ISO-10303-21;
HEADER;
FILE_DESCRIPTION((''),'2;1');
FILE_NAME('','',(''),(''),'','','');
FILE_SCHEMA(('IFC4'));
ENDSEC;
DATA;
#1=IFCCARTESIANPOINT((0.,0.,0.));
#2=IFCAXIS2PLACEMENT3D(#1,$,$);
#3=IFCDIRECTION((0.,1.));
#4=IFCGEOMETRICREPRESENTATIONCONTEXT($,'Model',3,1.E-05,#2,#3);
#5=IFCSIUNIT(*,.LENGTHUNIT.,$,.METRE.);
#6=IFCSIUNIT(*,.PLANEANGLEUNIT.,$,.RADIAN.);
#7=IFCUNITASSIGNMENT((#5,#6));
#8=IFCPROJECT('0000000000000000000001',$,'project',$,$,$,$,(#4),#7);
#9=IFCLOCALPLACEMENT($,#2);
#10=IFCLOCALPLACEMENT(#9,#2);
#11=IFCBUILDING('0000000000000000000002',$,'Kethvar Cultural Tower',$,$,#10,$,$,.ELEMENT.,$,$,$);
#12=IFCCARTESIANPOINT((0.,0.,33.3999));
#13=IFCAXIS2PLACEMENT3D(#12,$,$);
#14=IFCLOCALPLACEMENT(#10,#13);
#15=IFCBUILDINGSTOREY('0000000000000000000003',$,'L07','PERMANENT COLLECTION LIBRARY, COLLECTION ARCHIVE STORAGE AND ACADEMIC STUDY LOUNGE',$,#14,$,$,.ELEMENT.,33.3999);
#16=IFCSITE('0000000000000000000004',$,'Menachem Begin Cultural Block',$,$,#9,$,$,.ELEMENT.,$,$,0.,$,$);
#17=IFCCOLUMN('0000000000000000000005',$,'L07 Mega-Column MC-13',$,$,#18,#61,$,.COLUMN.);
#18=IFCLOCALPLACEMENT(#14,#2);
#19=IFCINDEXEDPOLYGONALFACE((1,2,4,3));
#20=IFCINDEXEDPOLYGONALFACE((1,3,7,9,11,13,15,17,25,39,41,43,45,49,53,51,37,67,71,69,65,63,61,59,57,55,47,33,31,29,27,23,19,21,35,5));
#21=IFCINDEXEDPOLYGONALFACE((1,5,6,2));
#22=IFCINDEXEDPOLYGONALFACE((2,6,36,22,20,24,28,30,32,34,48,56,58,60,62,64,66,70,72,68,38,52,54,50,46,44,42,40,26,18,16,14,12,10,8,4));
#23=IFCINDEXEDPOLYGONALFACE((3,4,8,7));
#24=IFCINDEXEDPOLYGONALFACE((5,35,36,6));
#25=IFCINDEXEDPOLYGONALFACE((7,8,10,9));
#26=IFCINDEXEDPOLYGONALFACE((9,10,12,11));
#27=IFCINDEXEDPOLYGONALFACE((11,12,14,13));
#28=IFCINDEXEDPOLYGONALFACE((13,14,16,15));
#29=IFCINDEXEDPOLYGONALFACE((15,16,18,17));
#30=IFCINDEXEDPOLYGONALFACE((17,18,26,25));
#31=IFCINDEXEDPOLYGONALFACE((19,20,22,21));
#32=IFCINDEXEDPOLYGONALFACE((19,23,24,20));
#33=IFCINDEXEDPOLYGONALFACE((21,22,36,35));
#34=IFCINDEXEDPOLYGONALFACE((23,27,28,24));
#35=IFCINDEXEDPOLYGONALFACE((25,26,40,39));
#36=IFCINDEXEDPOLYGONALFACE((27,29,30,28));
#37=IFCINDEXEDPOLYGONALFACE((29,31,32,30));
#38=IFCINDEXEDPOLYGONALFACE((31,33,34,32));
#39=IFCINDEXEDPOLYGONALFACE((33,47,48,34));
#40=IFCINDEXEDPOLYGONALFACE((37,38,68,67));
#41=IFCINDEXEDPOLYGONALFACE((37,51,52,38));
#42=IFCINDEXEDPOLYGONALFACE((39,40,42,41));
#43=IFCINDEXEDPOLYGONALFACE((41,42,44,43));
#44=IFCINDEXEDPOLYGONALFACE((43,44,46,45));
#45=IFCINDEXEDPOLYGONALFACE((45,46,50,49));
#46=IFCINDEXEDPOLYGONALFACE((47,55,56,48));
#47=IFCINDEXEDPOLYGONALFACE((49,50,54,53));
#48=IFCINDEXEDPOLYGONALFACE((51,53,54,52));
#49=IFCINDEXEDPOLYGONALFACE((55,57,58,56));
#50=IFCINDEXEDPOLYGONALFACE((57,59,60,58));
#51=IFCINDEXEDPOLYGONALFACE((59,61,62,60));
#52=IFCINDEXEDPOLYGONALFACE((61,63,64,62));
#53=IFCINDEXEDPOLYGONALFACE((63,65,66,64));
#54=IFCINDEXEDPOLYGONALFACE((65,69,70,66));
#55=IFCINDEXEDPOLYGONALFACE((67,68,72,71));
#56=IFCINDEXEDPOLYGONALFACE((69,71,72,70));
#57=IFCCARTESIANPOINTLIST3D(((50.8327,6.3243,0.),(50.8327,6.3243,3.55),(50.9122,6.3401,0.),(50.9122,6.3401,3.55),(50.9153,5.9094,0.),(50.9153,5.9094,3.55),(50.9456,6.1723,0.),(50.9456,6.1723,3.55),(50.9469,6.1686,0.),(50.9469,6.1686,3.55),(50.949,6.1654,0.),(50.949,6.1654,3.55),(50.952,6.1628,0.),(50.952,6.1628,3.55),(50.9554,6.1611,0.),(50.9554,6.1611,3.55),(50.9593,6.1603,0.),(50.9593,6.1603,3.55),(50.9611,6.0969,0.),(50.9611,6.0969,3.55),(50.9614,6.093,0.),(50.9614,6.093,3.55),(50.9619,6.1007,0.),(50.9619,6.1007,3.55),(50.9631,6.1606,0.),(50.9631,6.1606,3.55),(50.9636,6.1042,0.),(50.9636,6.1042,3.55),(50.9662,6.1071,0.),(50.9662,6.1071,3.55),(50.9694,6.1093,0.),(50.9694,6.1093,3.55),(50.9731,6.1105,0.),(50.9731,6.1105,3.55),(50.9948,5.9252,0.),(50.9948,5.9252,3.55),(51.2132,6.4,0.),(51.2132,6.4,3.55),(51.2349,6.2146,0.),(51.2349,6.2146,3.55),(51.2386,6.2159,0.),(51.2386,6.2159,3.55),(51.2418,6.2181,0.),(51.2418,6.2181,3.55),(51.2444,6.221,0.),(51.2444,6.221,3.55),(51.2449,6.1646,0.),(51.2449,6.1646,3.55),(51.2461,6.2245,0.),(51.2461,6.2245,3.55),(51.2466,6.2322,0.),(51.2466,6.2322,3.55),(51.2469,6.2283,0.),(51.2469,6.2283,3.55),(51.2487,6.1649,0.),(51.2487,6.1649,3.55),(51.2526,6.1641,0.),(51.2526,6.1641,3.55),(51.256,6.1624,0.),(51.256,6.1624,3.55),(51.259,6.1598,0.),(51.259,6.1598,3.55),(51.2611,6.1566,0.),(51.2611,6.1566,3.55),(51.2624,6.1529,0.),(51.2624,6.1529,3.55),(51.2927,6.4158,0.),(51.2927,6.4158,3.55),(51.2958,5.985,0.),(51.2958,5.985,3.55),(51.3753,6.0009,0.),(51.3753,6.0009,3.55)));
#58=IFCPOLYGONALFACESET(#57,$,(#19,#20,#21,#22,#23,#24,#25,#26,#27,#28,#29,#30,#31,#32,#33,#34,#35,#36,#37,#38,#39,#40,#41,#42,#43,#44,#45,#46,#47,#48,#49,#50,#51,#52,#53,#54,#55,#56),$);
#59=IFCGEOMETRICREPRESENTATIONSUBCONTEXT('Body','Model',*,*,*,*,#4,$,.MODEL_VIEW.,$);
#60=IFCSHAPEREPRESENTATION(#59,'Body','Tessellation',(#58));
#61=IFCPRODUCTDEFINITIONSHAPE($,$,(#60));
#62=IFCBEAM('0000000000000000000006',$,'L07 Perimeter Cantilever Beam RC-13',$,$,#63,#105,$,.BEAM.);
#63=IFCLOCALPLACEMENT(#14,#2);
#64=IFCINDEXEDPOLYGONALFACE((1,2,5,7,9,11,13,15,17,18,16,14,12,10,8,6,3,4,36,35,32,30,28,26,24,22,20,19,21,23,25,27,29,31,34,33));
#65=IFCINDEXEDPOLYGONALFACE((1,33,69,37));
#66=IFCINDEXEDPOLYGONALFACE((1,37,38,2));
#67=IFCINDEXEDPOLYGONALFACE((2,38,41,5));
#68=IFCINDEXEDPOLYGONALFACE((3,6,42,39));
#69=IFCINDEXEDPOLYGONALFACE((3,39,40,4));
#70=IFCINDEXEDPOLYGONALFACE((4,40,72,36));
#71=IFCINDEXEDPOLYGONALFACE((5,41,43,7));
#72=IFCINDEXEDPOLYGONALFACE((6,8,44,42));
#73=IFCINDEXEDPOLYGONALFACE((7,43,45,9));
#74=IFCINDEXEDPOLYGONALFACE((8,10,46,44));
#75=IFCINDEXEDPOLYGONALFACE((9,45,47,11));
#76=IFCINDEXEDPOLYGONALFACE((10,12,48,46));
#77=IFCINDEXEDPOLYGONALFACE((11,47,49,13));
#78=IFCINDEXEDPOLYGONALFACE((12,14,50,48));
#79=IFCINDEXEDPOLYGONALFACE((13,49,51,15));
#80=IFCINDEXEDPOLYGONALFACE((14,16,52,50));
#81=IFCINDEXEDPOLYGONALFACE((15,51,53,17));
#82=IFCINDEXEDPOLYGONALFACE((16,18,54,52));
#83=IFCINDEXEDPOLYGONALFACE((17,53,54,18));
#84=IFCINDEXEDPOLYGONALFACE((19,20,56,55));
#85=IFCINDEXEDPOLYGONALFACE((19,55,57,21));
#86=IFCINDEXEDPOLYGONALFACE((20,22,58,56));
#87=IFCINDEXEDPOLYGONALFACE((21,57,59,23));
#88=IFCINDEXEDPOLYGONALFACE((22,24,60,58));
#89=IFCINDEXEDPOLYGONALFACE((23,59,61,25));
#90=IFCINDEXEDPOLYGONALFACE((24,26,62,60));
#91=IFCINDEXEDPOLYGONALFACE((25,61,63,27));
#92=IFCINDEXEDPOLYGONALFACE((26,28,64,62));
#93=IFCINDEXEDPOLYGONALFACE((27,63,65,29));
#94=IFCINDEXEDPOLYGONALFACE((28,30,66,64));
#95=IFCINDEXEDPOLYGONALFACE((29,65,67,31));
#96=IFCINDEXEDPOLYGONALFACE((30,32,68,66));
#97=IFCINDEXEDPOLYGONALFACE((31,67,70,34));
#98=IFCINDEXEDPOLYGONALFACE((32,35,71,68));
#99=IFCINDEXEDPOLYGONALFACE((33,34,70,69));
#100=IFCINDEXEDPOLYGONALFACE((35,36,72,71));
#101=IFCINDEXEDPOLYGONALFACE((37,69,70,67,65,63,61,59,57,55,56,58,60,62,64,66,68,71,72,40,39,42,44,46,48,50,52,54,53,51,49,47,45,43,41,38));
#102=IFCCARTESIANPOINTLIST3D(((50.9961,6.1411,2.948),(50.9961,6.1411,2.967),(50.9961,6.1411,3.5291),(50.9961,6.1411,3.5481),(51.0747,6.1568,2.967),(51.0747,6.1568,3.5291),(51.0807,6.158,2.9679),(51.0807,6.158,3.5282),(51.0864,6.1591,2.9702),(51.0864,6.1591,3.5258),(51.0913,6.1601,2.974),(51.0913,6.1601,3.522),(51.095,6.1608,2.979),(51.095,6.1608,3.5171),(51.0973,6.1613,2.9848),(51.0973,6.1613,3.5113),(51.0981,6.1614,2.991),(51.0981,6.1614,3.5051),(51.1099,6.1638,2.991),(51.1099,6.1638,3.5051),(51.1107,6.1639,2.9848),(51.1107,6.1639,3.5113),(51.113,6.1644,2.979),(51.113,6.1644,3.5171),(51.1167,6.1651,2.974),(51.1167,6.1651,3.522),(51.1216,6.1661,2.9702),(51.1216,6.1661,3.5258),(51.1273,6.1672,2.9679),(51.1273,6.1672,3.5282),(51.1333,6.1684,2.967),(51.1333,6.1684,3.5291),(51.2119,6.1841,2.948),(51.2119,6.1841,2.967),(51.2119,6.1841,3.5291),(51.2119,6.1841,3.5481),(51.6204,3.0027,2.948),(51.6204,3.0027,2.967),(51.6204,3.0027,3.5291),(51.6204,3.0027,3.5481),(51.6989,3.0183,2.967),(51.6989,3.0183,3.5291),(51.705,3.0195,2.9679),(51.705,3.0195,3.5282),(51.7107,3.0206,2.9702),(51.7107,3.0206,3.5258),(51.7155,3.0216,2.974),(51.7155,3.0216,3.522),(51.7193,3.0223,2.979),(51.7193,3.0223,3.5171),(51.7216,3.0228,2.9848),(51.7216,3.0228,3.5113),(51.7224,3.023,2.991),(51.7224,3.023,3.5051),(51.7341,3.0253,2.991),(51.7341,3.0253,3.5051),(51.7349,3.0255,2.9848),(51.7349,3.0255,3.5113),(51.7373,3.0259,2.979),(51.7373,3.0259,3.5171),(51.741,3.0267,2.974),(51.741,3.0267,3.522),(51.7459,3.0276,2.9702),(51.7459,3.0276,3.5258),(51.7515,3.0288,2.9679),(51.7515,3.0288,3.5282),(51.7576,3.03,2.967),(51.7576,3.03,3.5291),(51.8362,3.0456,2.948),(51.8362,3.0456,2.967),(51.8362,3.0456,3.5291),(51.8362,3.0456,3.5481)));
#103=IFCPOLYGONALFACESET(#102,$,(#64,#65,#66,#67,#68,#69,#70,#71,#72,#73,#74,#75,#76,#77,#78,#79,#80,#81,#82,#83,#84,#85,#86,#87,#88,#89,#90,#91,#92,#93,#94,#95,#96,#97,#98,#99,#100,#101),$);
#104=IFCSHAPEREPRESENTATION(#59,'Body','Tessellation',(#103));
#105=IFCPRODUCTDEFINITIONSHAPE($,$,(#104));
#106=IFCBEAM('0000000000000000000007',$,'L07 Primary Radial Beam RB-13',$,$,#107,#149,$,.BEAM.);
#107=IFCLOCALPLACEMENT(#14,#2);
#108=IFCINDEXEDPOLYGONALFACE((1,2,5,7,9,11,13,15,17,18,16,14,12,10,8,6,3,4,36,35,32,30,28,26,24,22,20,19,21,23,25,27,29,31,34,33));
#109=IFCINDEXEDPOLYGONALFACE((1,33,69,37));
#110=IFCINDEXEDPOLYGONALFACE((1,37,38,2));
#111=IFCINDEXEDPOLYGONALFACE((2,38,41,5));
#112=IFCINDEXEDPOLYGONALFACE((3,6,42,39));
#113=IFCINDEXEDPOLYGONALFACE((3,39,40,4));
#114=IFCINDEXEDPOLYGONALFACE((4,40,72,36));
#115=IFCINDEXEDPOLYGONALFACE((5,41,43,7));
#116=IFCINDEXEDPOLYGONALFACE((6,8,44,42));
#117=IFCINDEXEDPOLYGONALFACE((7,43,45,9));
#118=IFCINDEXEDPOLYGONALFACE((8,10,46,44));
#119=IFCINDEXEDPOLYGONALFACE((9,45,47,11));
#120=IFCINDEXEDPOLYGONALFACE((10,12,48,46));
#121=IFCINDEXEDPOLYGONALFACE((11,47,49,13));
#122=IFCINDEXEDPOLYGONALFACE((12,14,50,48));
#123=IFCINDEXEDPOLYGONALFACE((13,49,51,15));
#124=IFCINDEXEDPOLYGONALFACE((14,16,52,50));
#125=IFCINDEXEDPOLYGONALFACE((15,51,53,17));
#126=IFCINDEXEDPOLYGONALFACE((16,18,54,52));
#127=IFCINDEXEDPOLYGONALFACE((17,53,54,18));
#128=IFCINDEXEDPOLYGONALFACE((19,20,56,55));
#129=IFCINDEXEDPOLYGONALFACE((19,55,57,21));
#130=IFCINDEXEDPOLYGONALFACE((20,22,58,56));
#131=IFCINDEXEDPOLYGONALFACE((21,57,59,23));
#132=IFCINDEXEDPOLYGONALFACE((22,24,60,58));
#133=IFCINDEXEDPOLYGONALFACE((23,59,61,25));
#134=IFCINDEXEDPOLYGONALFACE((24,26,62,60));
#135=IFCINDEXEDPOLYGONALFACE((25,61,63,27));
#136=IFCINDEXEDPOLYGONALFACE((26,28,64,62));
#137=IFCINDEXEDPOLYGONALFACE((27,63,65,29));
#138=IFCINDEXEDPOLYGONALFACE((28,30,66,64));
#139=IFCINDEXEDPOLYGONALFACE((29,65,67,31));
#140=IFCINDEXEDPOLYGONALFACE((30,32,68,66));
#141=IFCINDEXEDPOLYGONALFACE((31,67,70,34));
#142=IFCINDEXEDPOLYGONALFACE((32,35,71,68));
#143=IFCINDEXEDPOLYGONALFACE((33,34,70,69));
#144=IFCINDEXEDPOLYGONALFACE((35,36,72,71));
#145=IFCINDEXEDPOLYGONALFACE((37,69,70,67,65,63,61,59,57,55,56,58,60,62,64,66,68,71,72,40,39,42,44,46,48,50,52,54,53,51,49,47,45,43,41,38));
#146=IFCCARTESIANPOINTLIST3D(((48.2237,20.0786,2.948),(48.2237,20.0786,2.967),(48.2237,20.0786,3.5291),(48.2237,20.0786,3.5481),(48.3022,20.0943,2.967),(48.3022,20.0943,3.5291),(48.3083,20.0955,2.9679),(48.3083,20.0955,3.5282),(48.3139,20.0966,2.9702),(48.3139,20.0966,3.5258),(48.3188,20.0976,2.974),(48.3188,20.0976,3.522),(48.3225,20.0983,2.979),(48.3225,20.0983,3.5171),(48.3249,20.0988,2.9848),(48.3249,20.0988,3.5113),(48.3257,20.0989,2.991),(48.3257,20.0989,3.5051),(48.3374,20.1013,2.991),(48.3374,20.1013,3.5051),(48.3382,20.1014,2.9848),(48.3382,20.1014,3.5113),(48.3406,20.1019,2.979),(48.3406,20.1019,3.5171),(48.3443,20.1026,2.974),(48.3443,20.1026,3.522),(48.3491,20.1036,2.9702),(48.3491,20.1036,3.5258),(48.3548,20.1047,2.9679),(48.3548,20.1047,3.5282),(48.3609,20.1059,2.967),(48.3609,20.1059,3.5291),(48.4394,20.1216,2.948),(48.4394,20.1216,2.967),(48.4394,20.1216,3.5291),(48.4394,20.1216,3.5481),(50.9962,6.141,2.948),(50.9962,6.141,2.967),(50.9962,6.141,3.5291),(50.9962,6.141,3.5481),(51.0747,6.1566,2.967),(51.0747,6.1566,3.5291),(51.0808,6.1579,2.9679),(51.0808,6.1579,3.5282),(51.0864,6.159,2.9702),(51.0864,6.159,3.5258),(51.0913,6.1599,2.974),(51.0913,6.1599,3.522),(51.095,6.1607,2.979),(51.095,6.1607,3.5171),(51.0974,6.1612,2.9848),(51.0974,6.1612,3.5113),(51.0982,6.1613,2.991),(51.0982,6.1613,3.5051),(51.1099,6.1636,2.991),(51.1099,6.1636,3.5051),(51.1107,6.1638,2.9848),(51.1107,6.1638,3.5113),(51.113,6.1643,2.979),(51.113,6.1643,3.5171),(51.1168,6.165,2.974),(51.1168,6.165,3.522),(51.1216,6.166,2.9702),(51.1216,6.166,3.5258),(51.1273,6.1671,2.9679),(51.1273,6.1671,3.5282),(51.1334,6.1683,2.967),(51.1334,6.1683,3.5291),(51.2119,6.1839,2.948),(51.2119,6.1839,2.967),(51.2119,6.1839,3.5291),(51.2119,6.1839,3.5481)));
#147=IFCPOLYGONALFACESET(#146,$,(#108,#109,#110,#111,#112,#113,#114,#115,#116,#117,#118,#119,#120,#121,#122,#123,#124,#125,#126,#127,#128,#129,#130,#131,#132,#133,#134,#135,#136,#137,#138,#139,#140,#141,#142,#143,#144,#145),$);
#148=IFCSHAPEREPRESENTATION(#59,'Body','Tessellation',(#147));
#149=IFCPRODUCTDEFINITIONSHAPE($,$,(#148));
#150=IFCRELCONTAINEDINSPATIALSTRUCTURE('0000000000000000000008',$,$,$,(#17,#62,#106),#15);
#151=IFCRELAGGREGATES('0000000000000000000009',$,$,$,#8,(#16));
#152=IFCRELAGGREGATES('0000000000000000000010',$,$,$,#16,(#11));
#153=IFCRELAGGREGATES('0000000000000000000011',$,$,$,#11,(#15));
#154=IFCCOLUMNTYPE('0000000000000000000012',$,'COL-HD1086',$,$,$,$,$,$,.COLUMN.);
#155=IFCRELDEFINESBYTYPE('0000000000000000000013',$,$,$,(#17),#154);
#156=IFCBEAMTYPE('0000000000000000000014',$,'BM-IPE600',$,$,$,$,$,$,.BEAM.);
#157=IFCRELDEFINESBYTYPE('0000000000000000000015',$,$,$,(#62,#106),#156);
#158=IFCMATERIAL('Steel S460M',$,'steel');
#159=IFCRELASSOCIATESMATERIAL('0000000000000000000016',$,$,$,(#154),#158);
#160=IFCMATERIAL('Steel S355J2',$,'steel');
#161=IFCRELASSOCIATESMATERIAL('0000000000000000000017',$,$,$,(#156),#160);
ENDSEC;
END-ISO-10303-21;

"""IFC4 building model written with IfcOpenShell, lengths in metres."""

from ifc_helpers import new_model, si_unit, direction, frame, origin, origin_2d, place, context, subcontext, project, spatial, i_section, extrude, source, transform, mapped, material, material_profile, profile_set, type_object, element, save


model = new_model("IFC4")

# Units and contexts
model_context = context("Model", 3, precision=1e-05, world=origin(), true_north=direction((0.0, 1.0)))
body_context = subcontext(model_context, "Body", "Model", "MODEL_VIEW")
ifc_project = project(units=[si_unit("LENGTHUNIT", "METRE"), si_unit("PLANEANGLEUNIT", "RADIAN")], contexts=[model_context])

# Site, building, storey
site_placement = place(None, origin())
site = spatial("IfcSite", under=ifc_project, at=site_placement, Name="Menachem Begin Cultural Block", CompositionType="ELEMENT", RefElevation=0.0)
building_placement = place(site_placement, origin())
building = spatial("IfcBuilding", under=site, at=building_placement, Name="Kethvar Cultural Tower", CompositionType="ELEMENT")
storey_placement = place(building_placement, frame((0.0, 0.0, 33.3999)))
storey = spatial("IfcBuildingStorey", under=building, at=storey_placement, Name="L07", Description="PERMANENT COLLECTION LIBRARY, COLLECTION ARCHIVE STORAGE AND ACADEMIC STUDY LOUNGE", CompositionType="ELEMENT", Elevation=33.3999)

# Column
ifc_material_1 = material(Name="Steel S460M", Category="steel")
ifc_material_profile_1 = material_profile(ifc_material_1, i_section(OverallWidth=0.4231, OverallDepth=0.469, WebThickness=0.051, FlangeThickness=0.0811, FilletRadius=0.0149, at=origin_2d()), Name="Steel S460M — HD400x1086")
ifc_profile_set_1 = profile_set([ifc_material_profile_1], Name="Steel S460M — HD400x1086")
column_type = type_object("IfcColumnType", Name="COL-HD1086", PredefinedType="COLUMN", material=ifc_profile_set_1)
shared_shape_1 = source(origin(), body_context, "Body", "SweptSolid", [
    extrude(i_section(OverallWidth=0.4231, OverallDepth=0.469, WebThickness=0.051, FlangeThickness=0.0811, FilletRadius=0.0149, at=origin_2d()), origin(), (0.0, 0.0, 1.0), 3.55),
])
column_placement = place(storey_placement, frame((51.104, 6.1626, 0.0), z_axis=(0.0, 0.0, 1.0), x_axis=(0.19509, -0.980785, 0.0)))
element("IfcColumn", 1, at=column_placement, inside=storey, type_object=column_type, Name="L07 Mega-Column MC-13", PredefinedType="COLUMN", context=body_context, shape_type="MappedRepresentation", body=[
    mapped(shared_shape_1, transform((0.0, 0.0, 0.0), scale=1.0)),
])

# Beams
ifc_material_2 = material(Name="Steel S355J2", Category="steel")
ifc_material_profile_2 = material_profile(ifc_material_2, i_section(OverallWidth=0.22, OverallDepth=0.6001, WebThickness=0.012, FlangeThickness=0.019, FilletRadius=0.0239, at=origin_2d()), Name="Steel S355J2 — IPE600")
ifc_profile_set_2 = profile_set([ifc_material_profile_2], Name="Steel S355J2 — IPE600")
beam_type_1 = type_object("IfcBeamType", Name="BM-IPE600", PredefinedType="BEAM", material=ifc_profile_set_2)
shared_shape_2 = source(origin(), body_context, "Body", "SweptSolid", [
    extrude(i_section(OverallWidth=0.22, OverallDepth=0.6001, WebThickness=0.012, FlangeThickness=0.019, FilletRadius=0.0239, at=origin_2d()), origin(), (0.0, 0.0, 1.0), 3.2),
])
beam_1_placement = place(storey_placement, frame((51.104, 6.1626, 3.248), z_axis=(0.195089, -0.980786, 0.0), x_axis=(0.980786, 0.195089, 0.0)))
element("IfcBeam", 2, at=beam_1_placement, inside=storey, type_object=beam_type_1, Name="L07 Perimeter Cantilever Beam RC-13", PredefinedType="BEAM", context=body_context, shape_type="MappedRepresentation", body=[
    mapped(shared_shape_2, transform((0.0, 0.0, 0.0), scale=1.0)),
])
shared_shape_3 = source(origin(), body_context, "Body", "SweptSolid", [
    extrude(i_section(OverallWidth=0.22, OverallDepth=0.6001, WebThickness=0.012, FlangeThickness=0.019, FilletRadius=0.0239, at=origin_2d()), origin(), (0.0, 0.0, 1.0), 14.2107),
])
beam_2_placement = place(storey_placement, frame((48.3315, 20.1001, 3.248), z_axis=(0.195098, -0.980784, 0.0), x_axis=(0.980784, 0.195098, 0.0)))
element("IfcBeam", 3, at=beam_2_placement, inside=storey, type_object=beam_type_1, Name="L07 Primary Radial Beam RB-13", PredefinedType="BEAM", context=body_context, shape_type="MappedRepresentation", body=[
    mapped(shared_shape_3, transform((0.0, 0.0, 0.0), scale=1.0)),
])

save(model, "model.ifc")
